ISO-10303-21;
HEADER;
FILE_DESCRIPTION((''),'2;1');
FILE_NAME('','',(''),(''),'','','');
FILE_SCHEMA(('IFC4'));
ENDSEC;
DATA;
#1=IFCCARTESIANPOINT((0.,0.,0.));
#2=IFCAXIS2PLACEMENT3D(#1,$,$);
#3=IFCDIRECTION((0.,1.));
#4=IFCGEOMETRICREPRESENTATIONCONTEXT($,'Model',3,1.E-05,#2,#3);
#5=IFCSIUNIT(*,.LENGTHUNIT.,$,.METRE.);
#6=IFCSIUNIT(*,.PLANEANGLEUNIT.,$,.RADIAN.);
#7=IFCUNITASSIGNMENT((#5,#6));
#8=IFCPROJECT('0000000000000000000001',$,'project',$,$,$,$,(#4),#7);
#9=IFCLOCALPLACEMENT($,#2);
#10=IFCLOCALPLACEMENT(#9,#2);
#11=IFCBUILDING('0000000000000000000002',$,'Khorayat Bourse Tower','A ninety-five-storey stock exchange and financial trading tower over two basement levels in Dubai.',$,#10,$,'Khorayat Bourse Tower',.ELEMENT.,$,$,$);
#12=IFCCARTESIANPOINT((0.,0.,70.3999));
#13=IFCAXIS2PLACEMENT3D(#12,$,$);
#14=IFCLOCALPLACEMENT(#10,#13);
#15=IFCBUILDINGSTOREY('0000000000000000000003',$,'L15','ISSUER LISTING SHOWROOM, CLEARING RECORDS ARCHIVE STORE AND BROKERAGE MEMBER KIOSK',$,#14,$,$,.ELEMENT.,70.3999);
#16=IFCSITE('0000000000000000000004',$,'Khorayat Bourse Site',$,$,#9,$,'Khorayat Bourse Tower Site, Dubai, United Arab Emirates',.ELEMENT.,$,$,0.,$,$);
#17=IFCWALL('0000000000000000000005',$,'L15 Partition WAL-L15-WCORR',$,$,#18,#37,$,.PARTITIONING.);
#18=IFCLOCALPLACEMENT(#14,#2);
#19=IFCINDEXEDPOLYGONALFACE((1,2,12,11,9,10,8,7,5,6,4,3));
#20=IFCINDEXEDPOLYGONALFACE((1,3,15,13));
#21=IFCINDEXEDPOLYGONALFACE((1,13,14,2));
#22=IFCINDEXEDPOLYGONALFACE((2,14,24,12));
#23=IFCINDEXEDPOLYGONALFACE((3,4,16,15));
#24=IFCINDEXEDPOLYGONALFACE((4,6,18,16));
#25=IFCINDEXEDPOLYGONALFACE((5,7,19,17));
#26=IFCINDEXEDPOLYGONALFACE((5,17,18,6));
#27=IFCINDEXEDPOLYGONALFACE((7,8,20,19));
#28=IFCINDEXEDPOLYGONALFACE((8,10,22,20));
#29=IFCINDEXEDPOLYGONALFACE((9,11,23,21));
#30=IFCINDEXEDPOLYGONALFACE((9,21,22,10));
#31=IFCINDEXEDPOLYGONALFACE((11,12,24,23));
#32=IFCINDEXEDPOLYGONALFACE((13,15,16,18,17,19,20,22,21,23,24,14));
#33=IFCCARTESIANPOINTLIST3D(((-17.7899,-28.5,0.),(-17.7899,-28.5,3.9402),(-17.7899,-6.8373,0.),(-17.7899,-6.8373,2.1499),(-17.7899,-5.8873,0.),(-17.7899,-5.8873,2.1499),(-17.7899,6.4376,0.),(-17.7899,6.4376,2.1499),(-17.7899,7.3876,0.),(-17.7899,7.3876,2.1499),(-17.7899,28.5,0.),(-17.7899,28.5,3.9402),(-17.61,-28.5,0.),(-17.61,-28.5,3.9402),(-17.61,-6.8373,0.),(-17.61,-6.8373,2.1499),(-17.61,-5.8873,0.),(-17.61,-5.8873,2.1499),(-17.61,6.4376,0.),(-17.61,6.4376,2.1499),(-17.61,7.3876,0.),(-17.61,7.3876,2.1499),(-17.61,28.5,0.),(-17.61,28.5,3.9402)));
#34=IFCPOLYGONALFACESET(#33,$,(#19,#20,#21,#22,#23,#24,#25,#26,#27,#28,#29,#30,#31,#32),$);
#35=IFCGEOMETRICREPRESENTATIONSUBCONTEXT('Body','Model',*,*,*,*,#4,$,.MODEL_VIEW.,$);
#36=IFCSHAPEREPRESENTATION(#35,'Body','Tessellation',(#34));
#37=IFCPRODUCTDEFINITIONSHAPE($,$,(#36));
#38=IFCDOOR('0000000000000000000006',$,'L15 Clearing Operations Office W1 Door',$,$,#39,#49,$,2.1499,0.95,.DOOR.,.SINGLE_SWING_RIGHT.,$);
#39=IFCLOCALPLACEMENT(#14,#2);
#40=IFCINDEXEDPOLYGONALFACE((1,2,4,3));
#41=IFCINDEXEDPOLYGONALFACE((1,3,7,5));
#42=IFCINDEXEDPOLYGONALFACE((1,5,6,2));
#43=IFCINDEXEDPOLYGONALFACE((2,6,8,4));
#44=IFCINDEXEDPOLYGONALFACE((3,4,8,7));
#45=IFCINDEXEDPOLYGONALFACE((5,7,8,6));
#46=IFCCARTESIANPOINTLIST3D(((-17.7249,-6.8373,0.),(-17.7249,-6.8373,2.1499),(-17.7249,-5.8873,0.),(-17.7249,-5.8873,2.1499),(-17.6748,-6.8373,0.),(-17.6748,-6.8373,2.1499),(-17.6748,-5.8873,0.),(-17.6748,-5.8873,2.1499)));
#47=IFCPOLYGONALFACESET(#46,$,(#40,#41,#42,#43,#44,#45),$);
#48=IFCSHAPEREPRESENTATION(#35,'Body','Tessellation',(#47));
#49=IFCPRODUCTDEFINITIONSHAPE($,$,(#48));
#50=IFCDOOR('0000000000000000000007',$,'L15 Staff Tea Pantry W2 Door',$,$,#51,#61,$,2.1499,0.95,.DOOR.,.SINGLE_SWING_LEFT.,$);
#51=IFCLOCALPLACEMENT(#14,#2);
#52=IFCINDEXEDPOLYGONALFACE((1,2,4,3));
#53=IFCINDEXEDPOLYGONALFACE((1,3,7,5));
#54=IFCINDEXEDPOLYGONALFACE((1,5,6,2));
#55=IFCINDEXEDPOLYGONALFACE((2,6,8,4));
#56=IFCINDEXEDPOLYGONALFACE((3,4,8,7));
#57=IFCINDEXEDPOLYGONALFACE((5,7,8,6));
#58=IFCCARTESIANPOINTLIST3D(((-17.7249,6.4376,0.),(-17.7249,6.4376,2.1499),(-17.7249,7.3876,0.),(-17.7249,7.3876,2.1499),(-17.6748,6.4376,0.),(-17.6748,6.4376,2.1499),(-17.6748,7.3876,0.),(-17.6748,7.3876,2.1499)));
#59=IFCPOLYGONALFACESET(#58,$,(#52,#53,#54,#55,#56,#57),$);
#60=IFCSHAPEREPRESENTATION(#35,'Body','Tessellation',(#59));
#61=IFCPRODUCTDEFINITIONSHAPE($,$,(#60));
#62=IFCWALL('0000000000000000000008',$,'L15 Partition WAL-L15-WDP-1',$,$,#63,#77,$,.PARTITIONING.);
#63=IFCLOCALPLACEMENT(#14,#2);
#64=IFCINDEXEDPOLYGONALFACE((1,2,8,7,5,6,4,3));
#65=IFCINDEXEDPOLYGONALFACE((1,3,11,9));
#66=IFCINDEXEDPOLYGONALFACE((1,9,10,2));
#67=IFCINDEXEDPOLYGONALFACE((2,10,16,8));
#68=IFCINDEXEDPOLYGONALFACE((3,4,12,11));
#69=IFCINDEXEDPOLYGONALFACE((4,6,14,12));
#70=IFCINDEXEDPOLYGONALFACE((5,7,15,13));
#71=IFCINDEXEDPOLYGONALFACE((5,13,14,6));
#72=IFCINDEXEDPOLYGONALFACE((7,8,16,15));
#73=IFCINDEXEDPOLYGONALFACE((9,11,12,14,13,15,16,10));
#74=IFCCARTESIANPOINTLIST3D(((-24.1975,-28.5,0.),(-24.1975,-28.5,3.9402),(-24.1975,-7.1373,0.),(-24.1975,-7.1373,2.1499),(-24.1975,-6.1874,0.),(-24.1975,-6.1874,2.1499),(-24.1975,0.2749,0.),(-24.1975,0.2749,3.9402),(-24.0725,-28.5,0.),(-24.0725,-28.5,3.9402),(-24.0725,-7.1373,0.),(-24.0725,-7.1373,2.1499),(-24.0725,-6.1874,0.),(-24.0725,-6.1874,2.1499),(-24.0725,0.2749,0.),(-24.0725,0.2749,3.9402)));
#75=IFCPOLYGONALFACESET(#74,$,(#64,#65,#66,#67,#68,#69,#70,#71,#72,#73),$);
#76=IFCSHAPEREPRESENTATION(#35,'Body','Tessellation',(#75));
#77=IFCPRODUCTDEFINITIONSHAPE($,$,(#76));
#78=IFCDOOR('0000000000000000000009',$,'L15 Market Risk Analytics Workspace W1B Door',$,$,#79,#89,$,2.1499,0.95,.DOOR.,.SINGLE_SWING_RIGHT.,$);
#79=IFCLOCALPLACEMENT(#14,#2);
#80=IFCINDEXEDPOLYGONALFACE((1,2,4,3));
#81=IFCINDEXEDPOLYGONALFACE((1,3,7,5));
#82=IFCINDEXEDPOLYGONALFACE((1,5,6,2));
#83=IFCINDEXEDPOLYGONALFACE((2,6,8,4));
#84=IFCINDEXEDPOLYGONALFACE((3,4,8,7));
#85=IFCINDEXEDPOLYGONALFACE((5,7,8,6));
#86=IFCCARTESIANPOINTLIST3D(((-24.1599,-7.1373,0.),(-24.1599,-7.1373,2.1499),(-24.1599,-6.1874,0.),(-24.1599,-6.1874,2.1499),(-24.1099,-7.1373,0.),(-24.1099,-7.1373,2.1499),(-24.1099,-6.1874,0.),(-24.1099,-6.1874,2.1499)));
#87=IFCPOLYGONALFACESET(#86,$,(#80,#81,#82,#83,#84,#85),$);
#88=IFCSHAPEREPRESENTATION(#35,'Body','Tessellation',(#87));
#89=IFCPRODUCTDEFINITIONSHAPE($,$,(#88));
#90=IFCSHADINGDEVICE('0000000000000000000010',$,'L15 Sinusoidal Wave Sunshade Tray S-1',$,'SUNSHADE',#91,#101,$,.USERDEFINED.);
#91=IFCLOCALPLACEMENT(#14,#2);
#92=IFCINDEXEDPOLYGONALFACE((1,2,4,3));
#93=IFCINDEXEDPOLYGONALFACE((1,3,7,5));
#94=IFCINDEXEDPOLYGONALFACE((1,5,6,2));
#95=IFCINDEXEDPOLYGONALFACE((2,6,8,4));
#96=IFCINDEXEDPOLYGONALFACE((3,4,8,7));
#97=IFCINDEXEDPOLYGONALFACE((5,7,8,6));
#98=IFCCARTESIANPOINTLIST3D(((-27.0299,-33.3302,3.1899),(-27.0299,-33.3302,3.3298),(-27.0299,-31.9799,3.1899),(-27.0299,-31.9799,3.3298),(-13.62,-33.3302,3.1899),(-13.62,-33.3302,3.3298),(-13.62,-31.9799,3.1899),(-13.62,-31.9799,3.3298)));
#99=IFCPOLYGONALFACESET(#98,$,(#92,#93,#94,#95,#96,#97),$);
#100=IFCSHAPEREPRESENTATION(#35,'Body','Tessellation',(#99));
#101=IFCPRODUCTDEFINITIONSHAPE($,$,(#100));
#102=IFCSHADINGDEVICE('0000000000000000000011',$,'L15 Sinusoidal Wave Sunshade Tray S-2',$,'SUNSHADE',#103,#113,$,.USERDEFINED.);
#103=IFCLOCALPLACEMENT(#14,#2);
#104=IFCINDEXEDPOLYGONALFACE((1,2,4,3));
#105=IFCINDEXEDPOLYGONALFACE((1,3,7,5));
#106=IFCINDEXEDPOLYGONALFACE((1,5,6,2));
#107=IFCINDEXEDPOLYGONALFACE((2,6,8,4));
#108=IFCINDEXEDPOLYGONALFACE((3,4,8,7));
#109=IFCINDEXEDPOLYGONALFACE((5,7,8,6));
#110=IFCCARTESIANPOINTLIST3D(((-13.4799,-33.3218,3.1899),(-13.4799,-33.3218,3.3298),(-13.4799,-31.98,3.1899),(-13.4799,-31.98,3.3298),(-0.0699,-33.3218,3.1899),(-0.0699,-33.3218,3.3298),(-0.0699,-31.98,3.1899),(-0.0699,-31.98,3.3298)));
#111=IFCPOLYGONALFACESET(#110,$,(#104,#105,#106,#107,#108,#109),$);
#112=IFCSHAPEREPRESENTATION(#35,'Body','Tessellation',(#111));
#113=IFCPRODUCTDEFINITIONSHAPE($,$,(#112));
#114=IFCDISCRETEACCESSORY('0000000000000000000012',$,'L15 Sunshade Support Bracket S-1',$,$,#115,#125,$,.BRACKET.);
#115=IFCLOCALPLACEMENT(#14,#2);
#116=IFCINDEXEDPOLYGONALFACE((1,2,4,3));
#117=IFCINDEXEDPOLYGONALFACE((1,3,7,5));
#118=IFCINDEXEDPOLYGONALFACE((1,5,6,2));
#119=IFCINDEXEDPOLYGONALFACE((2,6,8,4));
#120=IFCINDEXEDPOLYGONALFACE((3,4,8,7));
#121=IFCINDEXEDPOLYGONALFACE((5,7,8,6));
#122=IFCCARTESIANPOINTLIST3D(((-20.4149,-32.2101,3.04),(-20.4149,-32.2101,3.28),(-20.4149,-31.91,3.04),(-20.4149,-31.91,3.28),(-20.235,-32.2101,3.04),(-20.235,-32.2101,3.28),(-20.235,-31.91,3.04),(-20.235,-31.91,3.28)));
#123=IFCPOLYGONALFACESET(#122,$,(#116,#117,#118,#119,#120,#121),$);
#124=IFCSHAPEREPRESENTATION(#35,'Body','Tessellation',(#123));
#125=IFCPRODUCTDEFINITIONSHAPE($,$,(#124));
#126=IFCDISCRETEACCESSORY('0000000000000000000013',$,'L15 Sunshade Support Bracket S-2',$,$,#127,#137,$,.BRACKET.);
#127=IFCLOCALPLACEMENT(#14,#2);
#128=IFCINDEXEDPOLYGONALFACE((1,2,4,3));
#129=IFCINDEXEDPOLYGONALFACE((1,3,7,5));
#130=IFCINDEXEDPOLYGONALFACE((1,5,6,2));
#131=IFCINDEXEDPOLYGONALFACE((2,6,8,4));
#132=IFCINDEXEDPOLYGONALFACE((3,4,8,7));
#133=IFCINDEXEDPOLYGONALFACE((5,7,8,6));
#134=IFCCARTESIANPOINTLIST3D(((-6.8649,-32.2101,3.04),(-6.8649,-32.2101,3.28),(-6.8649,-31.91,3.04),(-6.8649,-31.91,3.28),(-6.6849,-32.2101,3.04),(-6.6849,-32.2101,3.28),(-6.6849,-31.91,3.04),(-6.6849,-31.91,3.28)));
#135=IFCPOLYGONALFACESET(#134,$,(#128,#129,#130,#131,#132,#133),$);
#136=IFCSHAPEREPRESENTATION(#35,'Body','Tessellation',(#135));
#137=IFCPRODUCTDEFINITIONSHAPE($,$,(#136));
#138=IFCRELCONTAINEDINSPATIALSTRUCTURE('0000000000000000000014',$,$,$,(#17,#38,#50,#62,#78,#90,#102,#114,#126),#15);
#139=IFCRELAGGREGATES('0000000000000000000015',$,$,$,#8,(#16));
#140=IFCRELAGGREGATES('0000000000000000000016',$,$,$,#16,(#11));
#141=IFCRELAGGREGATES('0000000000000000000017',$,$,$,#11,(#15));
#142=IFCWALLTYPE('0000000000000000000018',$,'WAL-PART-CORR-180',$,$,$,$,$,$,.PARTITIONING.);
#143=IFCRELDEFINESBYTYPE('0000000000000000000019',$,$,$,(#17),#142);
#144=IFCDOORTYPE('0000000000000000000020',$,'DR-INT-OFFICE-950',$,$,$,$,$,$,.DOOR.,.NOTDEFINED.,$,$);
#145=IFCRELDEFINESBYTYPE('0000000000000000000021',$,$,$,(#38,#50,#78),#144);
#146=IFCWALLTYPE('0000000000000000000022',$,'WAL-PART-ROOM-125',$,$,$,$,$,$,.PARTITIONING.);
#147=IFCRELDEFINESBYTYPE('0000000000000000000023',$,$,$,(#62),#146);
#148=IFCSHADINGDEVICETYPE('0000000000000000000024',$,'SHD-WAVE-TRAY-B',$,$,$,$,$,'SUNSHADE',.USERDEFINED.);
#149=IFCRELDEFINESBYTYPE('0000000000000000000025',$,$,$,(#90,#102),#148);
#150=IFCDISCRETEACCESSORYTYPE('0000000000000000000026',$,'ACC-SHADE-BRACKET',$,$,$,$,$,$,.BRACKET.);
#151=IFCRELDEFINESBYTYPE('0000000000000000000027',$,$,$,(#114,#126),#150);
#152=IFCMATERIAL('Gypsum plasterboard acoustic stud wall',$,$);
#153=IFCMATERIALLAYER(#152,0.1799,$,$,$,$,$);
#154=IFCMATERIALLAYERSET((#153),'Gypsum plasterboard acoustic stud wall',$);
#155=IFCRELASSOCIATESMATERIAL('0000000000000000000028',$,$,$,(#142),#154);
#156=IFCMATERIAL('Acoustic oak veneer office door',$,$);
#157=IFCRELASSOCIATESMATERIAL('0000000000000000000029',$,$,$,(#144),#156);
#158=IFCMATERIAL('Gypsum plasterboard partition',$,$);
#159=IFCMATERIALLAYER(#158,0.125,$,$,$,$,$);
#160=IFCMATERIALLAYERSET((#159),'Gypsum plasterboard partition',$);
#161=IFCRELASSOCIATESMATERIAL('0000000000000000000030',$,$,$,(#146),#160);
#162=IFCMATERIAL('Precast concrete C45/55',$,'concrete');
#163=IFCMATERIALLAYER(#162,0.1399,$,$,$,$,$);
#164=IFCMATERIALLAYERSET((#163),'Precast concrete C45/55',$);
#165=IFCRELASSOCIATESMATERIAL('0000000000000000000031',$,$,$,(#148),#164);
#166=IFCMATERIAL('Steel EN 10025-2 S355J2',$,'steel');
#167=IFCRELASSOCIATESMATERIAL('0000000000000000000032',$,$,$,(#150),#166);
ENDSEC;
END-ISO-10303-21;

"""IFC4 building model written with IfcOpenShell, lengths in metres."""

from ifc_helpers import new_model, si_unit, direction, frame, frame_2d, origin, origin_2d, place, context, subcontext, project, spatial, rectangle, extrude, source, transform, mapped, material, layer, layer_set, type_object, element, fill, save


model = new_model("IFC4")

# Units and contexts
model_context = context("Model", 3, precision=1e-05, world=origin(), true_north=direction((0.0, 1.0)))
body_context = subcontext(model_context, "Body", "Model", "MODEL_VIEW")
ifc_project = project(units=[si_unit("LENGTHUNIT", "METRE"), si_unit("PLANEANGLEUNIT", "RADIAN")], contexts=[model_context])

# Site, building, storey
site_placement = place(None, origin())
site = spatial("IfcSite", under=ifc_project, at=site_placement, Name="Khorayat Bourse Site", LongName="Khorayat Bourse Tower Site, Dubai, United Arab Emirates", CompositionType="ELEMENT", RefElevation=0.0)
building_placement = place(site_placement, origin())
building = spatial("IfcBuilding", under=site, at=building_placement, Name="Khorayat Bourse Tower", Description="A ninety-five-storey stock exchange and financial trading tower over two basement levels in Dubai.", LongName="Khorayat Bourse Tower", CompositionType="ELEMENT")
storey_placement = place(building_placement, frame((0.0, 0.0, 70.3999)))
storey = spatial("IfcBuildingStorey", under=building, at=storey_placement, Name="L15", Description="ISSUER LISTING SHOWROOM, CLEARING RECORDS ARCHIVE STORE AND BROKERAGE MEMBER KIOSK", CompositionType="ELEMENT", Elevation=70.3999)

# Shared definitions
ifc_material_1 = material(Name="Steel EN 10025-2 S355J2", Category="steel")

# Wall, openings, doors
ifc_material_2 = material(Name="Gypsum plasterboard acoustic stud wall")
ifc_layer_1 = layer(ifc_material_2, 0.1799)
ifc_layer_set_1 = layer_set([ifc_layer_1], Name="Gypsum plasterboard acoustic stud wall")
wall_type_1 = type_object("IfcWallType", Name="WAL-PART-CORR-180", PredefinedType="PARTITIONING", material=ifc_layer_set_1)
shared_shape_1 = source(origin(), body_context, "Body", "SweptSolid", [
    extrude(rectangle(XDim=57.0, YDim=0.1799, at=frame_2d((28.5, 0.0))), origin(), (0.0, 0.0, 1.0), 3.9402),
])
wall_1_placement = place(storey_placement, frame((-17.7, -28.5, 0.0), z_axis=(0.0, 0.0, 1.0), x_axis=(0.0, 1.0, 0.0)))
wall_1 = element("IfcWall", 1, at=wall_1_placement, inside=storey, type_object=wall_type_1, Name="L15 Partition WAL-L15-WCORR", PredefinedType="PARTITIONING", context=body_context, shape_type="MappedRepresentation", body=[
    mapped(shared_shape_1, transform((0.0, 0.0, 0.0), scale=1.0)),
])
shared_shape_2 = source(origin(), body_context, "Body", "SweptSolid", [
    extrude(rectangle(XDim=0.95, YDim=2.1499, at=frame_2d((0.4751, 1.075))), frame((0.0, 0.0999, 0.0), z_axis=(0.0, -1.0, 0.0), x_axis=(1.0, 0.0, 0.0)), (0.0, 0.0, 1.0), 0.2),
])
opening_1_placement = place(wall_1_placement, frame((21.6626, 0.0, 0.0)))
opening_1 = element("IfcOpeningElement", 2, at=opening_1_placement, cuts=wall_1, PredefinedType="OPENING", context=body_context, shape_type="MappedRepresentation", body=[
    mapped(shared_shape_2, transform((0.0, 0.0, 0.0), scale=1.0)),
])
opening_2_placement = place(wall_1_placement, frame((34.9375, 0.0, 0.0)))
opening_2 = element("IfcOpeningElement", 3, at=opening_2_placement, cuts=wall_1, PredefinedType="OPENING", context=body_context, shape_type="MappedRepresentation", body=[
    mapped(shared_shape_2, transform((0.0, 0.0, 0.0), scale=1.0)),
])
ifc_material_3 = material(Name="Acoustic oak veneer office door")
door_type = type_object("IfcDoorType", Name="DR-INT-OFFICE-950", OperationType="NOTDEFINED", PredefinedType="DOOR", material=ifc_material_3)
shared_shape_3 = source(origin(), body_context, "Body", "SweptSolid", [
    extrude(rectangle(XDim=0.95, YDim=2.1499, at=frame_2d((0.4751, 1.075))), frame((0.0, 0.0249, 0.0), z_axis=(0.0, -1.0, 0.0), x_axis=(1.0, 0.0, 0.0)), (0.0, 0.0, 1.0), 0.05),
])
door_1_placement = place(opening_1_placement, origin())
door_1 = element("IfcDoor", 4, at=door_1_placement, inside=storey, type_object=door_type, Name="L15 Clearing Operations Office W1 Door", OperationType="SINGLE_SWING_RIGHT", OverallHeight=2.1499, OverallWidth=0.95, PredefinedType="DOOR", context=body_context, shape_type="MappedRepresentation", body=[
    mapped(shared_shape_3, transform((0.0, 0.0, 0.0), scale=1.0)),
])
fill(opening_1, door_1)
door_2_placement = place(opening_2_placement, origin())
door_2 = element("IfcDoor", 5, at=door_2_placement, inside=storey, type_object=door_type, Name="L15 Staff Tea Pantry W2 Door", OperationType="SINGLE_SWING_LEFT", OverallHeight=2.1499, OverallWidth=0.95, PredefinedType="DOOR", context=body_context, shape_type="MappedRepresentation", body=[
    mapped(shared_shape_3, transform((0.0, 0.0, 0.0), scale=1.0)),
])
fill(opening_2, door_2)

# Wall, opening, door
ifc_material_4 = material(Name="Gypsum plasterboard partition")
ifc_layer_2 = layer(ifc_material_4, 0.125)
ifc_layer_set_2 = layer_set([ifc_layer_2], Name="Gypsum plasterboard partition")
wall_type_2 = type_object("IfcWallType", Name="WAL-PART-ROOM-125", PredefinedType="PARTITIONING", material=ifc_layer_set_2)
shared_shape_4 = source(origin(), body_context, "Body", "SweptSolid", [
    extrude(rectangle(XDim=28.7749, YDim=0.125, at=frame_2d((14.3875, 0.0))), origin(), (0.0, 0.0, 1.0), 3.9402),
])
wall_2_placement = place(storey_placement, frame((-24.135, -28.5, 0.0), z_axis=(0.0, 0.0, 1.0), x_axis=(0.0, 1.0, 0.0)))
wall_2 = element("IfcWall", 6, at=wall_2_placement, inside=storey, type_object=wall_type_2, Name="L15 Partition WAL-L15-WDP-1", PredefinedType="PARTITIONING", context=body_context, shape_type="MappedRepresentation", body=[
    mapped(shared_shape_4, transform((0.0, 0.0, 0.0), scale=1.0)),
])
shared_shape_5 = source(origin(), body_context, "Body", "SweptSolid", [
    extrude(rectangle(XDim=0.95, YDim=2.1499, at=frame_2d((0.4751, 1.075))), frame((0.0, 0.0725, 0.0), z_axis=(0.0, -1.0, 0.0), x_axis=(1.0, 0.0, 0.0)), (0.0, 0.0, 1.0), 0.145),
])
opening_3_placement = place(wall_2_placement, frame((21.3625, 0.0, 0.0)))
opening_3 = element("IfcOpeningElement", 7, at=opening_3_placement, cuts=wall_2, PredefinedType="OPENING", context=body_context, shape_type="MappedRepresentation", body=[
    mapped(shared_shape_5, transform((0.0, 0.0, 0.0), scale=1.0)),
])
door_3_placement = place(opening_3_placement, origin())
door_3 = element("IfcDoor", 8, at=door_3_placement, inside=storey, type_object=door_type, Name="L15 Market Risk Analytics Workspace W1B Door", OperationType="SINGLE_SWING_RIGHT", OverallHeight=2.1499, OverallWidth=0.95, PredefinedType="DOOR", context=body_context, shape_type="MappedRepresentation", body=[
    mapped(shared_shape_3, transform((0.0, 0.0, 0.0), scale=1.0)),
])
fill(opening_3, door_3)

# Shading devices
ifc_material_5 = material(Name="Precast concrete C45/55", Category="concrete")
ifc_layer_3 = layer(ifc_material_5, 0.1399)
ifc_layer_set_3 = layer_set([ifc_layer_3], Name="Precast concrete C45/55")
shading_device_type = type_object("IfcShadingDeviceType", Name="SHD-WAVE-TRAY-B", ElementType="SUNSHADE", PredefinedType="USERDEFINED", material=ifc_layer_set_3)
shared_shape_6 = source(origin(), body_context, "Body", "SweptSolid", [
    extrude(rectangle(XDim=13.4099, YDim=1.3503, at=origin_2d()), origin(), (0.0, 0.0, 1.0), 0.1399),
])
shading_device_1_placement = place(storey_placement, frame((-20.325, -32.655, 3.1899), z_axis=(0.0, 0.0, 1.0), x_axis=(1.0, 0.0, 0.0)))
element("IfcShadingDevice", 9, at=shading_device_1_placement, inside=storey, type_object=shading_device_type, Name="L15 Sinusoidal Wave Sunshade Tray S-1", ObjectType="SUNSHADE", PredefinedType="USERDEFINED", context=body_context, shape_type="MappedRepresentation", body=[
    mapped(shared_shape_6, transform((0.0, 0.0, 0.0), scale=1.0)),
])
shared_shape_7 = source(origin(), body_context, "Body", "SweptSolid", [
    extrude(rectangle(XDim=13.4099, YDim=1.3418, at=origin_2d()), origin(), (0.0, 0.0, 1.0), 0.1399),
])
shading_device_2_placement = place(storey_placement, frame((-6.7749, -32.6509, 3.1899), z_axis=(0.0, 0.0, 1.0), x_axis=(1.0, 0.0, 0.0)))
element("IfcShadingDevice", 10, at=shading_device_2_placement, inside=storey, type_object=shading_device_type, Name="L15 Sinusoidal Wave Sunshade Tray S-2", ObjectType="SUNSHADE", PredefinedType="USERDEFINED", context=body_context, shape_type="MappedRepresentation", body=[
    mapped(shared_shape_7, transform((0.0, 0.0, 0.0), scale=1.0)),
])

# Discrete accessories
discrete_accessory_type = type_object("IfcDiscreteAccessoryType", Name="ACC-SHADE-BRACKET", PredefinedType="BRACKET", material=ifc_material_1)
shared_shape_8 = source(origin(), body_context, "Body", "SweptSolid", [
    extrude(rectangle(XDim=0.1799, YDim=0.3, at=origin_2d()), origin(), (0.0, 0.0, 1.0), 0.24),
])
for number, where, z_axis, x_axis, name in (
    (11, (-20.325, -32.0601, 3.04), (0.0, 0.0, 1.0), (1.0, 0.0, 0.0), "L15 Sunshade Support Bracket S-1"),
    (12, (-6.7749, -32.0601, 3.04), (0.0, 0.0, 1.0), (1.0, 0.0, 0.0), "L15 Sunshade Support Bracket S-2"),
):
    element("IfcDiscreteAccessory", number, at=place(storey_placement, frame(where, z_axis=z_axis, x_axis=x_axis)), inside=storey, type_object=discrete_accessory_type, Name=name, PredefinedType="BRACKET", context=body_context, shape_type="MappedRepresentation", body=[
        mapped(shared_shape_8, transform((0.0, 0.0, 0.0), scale=1.0)),
    ])

save(model, "model.ifc")
